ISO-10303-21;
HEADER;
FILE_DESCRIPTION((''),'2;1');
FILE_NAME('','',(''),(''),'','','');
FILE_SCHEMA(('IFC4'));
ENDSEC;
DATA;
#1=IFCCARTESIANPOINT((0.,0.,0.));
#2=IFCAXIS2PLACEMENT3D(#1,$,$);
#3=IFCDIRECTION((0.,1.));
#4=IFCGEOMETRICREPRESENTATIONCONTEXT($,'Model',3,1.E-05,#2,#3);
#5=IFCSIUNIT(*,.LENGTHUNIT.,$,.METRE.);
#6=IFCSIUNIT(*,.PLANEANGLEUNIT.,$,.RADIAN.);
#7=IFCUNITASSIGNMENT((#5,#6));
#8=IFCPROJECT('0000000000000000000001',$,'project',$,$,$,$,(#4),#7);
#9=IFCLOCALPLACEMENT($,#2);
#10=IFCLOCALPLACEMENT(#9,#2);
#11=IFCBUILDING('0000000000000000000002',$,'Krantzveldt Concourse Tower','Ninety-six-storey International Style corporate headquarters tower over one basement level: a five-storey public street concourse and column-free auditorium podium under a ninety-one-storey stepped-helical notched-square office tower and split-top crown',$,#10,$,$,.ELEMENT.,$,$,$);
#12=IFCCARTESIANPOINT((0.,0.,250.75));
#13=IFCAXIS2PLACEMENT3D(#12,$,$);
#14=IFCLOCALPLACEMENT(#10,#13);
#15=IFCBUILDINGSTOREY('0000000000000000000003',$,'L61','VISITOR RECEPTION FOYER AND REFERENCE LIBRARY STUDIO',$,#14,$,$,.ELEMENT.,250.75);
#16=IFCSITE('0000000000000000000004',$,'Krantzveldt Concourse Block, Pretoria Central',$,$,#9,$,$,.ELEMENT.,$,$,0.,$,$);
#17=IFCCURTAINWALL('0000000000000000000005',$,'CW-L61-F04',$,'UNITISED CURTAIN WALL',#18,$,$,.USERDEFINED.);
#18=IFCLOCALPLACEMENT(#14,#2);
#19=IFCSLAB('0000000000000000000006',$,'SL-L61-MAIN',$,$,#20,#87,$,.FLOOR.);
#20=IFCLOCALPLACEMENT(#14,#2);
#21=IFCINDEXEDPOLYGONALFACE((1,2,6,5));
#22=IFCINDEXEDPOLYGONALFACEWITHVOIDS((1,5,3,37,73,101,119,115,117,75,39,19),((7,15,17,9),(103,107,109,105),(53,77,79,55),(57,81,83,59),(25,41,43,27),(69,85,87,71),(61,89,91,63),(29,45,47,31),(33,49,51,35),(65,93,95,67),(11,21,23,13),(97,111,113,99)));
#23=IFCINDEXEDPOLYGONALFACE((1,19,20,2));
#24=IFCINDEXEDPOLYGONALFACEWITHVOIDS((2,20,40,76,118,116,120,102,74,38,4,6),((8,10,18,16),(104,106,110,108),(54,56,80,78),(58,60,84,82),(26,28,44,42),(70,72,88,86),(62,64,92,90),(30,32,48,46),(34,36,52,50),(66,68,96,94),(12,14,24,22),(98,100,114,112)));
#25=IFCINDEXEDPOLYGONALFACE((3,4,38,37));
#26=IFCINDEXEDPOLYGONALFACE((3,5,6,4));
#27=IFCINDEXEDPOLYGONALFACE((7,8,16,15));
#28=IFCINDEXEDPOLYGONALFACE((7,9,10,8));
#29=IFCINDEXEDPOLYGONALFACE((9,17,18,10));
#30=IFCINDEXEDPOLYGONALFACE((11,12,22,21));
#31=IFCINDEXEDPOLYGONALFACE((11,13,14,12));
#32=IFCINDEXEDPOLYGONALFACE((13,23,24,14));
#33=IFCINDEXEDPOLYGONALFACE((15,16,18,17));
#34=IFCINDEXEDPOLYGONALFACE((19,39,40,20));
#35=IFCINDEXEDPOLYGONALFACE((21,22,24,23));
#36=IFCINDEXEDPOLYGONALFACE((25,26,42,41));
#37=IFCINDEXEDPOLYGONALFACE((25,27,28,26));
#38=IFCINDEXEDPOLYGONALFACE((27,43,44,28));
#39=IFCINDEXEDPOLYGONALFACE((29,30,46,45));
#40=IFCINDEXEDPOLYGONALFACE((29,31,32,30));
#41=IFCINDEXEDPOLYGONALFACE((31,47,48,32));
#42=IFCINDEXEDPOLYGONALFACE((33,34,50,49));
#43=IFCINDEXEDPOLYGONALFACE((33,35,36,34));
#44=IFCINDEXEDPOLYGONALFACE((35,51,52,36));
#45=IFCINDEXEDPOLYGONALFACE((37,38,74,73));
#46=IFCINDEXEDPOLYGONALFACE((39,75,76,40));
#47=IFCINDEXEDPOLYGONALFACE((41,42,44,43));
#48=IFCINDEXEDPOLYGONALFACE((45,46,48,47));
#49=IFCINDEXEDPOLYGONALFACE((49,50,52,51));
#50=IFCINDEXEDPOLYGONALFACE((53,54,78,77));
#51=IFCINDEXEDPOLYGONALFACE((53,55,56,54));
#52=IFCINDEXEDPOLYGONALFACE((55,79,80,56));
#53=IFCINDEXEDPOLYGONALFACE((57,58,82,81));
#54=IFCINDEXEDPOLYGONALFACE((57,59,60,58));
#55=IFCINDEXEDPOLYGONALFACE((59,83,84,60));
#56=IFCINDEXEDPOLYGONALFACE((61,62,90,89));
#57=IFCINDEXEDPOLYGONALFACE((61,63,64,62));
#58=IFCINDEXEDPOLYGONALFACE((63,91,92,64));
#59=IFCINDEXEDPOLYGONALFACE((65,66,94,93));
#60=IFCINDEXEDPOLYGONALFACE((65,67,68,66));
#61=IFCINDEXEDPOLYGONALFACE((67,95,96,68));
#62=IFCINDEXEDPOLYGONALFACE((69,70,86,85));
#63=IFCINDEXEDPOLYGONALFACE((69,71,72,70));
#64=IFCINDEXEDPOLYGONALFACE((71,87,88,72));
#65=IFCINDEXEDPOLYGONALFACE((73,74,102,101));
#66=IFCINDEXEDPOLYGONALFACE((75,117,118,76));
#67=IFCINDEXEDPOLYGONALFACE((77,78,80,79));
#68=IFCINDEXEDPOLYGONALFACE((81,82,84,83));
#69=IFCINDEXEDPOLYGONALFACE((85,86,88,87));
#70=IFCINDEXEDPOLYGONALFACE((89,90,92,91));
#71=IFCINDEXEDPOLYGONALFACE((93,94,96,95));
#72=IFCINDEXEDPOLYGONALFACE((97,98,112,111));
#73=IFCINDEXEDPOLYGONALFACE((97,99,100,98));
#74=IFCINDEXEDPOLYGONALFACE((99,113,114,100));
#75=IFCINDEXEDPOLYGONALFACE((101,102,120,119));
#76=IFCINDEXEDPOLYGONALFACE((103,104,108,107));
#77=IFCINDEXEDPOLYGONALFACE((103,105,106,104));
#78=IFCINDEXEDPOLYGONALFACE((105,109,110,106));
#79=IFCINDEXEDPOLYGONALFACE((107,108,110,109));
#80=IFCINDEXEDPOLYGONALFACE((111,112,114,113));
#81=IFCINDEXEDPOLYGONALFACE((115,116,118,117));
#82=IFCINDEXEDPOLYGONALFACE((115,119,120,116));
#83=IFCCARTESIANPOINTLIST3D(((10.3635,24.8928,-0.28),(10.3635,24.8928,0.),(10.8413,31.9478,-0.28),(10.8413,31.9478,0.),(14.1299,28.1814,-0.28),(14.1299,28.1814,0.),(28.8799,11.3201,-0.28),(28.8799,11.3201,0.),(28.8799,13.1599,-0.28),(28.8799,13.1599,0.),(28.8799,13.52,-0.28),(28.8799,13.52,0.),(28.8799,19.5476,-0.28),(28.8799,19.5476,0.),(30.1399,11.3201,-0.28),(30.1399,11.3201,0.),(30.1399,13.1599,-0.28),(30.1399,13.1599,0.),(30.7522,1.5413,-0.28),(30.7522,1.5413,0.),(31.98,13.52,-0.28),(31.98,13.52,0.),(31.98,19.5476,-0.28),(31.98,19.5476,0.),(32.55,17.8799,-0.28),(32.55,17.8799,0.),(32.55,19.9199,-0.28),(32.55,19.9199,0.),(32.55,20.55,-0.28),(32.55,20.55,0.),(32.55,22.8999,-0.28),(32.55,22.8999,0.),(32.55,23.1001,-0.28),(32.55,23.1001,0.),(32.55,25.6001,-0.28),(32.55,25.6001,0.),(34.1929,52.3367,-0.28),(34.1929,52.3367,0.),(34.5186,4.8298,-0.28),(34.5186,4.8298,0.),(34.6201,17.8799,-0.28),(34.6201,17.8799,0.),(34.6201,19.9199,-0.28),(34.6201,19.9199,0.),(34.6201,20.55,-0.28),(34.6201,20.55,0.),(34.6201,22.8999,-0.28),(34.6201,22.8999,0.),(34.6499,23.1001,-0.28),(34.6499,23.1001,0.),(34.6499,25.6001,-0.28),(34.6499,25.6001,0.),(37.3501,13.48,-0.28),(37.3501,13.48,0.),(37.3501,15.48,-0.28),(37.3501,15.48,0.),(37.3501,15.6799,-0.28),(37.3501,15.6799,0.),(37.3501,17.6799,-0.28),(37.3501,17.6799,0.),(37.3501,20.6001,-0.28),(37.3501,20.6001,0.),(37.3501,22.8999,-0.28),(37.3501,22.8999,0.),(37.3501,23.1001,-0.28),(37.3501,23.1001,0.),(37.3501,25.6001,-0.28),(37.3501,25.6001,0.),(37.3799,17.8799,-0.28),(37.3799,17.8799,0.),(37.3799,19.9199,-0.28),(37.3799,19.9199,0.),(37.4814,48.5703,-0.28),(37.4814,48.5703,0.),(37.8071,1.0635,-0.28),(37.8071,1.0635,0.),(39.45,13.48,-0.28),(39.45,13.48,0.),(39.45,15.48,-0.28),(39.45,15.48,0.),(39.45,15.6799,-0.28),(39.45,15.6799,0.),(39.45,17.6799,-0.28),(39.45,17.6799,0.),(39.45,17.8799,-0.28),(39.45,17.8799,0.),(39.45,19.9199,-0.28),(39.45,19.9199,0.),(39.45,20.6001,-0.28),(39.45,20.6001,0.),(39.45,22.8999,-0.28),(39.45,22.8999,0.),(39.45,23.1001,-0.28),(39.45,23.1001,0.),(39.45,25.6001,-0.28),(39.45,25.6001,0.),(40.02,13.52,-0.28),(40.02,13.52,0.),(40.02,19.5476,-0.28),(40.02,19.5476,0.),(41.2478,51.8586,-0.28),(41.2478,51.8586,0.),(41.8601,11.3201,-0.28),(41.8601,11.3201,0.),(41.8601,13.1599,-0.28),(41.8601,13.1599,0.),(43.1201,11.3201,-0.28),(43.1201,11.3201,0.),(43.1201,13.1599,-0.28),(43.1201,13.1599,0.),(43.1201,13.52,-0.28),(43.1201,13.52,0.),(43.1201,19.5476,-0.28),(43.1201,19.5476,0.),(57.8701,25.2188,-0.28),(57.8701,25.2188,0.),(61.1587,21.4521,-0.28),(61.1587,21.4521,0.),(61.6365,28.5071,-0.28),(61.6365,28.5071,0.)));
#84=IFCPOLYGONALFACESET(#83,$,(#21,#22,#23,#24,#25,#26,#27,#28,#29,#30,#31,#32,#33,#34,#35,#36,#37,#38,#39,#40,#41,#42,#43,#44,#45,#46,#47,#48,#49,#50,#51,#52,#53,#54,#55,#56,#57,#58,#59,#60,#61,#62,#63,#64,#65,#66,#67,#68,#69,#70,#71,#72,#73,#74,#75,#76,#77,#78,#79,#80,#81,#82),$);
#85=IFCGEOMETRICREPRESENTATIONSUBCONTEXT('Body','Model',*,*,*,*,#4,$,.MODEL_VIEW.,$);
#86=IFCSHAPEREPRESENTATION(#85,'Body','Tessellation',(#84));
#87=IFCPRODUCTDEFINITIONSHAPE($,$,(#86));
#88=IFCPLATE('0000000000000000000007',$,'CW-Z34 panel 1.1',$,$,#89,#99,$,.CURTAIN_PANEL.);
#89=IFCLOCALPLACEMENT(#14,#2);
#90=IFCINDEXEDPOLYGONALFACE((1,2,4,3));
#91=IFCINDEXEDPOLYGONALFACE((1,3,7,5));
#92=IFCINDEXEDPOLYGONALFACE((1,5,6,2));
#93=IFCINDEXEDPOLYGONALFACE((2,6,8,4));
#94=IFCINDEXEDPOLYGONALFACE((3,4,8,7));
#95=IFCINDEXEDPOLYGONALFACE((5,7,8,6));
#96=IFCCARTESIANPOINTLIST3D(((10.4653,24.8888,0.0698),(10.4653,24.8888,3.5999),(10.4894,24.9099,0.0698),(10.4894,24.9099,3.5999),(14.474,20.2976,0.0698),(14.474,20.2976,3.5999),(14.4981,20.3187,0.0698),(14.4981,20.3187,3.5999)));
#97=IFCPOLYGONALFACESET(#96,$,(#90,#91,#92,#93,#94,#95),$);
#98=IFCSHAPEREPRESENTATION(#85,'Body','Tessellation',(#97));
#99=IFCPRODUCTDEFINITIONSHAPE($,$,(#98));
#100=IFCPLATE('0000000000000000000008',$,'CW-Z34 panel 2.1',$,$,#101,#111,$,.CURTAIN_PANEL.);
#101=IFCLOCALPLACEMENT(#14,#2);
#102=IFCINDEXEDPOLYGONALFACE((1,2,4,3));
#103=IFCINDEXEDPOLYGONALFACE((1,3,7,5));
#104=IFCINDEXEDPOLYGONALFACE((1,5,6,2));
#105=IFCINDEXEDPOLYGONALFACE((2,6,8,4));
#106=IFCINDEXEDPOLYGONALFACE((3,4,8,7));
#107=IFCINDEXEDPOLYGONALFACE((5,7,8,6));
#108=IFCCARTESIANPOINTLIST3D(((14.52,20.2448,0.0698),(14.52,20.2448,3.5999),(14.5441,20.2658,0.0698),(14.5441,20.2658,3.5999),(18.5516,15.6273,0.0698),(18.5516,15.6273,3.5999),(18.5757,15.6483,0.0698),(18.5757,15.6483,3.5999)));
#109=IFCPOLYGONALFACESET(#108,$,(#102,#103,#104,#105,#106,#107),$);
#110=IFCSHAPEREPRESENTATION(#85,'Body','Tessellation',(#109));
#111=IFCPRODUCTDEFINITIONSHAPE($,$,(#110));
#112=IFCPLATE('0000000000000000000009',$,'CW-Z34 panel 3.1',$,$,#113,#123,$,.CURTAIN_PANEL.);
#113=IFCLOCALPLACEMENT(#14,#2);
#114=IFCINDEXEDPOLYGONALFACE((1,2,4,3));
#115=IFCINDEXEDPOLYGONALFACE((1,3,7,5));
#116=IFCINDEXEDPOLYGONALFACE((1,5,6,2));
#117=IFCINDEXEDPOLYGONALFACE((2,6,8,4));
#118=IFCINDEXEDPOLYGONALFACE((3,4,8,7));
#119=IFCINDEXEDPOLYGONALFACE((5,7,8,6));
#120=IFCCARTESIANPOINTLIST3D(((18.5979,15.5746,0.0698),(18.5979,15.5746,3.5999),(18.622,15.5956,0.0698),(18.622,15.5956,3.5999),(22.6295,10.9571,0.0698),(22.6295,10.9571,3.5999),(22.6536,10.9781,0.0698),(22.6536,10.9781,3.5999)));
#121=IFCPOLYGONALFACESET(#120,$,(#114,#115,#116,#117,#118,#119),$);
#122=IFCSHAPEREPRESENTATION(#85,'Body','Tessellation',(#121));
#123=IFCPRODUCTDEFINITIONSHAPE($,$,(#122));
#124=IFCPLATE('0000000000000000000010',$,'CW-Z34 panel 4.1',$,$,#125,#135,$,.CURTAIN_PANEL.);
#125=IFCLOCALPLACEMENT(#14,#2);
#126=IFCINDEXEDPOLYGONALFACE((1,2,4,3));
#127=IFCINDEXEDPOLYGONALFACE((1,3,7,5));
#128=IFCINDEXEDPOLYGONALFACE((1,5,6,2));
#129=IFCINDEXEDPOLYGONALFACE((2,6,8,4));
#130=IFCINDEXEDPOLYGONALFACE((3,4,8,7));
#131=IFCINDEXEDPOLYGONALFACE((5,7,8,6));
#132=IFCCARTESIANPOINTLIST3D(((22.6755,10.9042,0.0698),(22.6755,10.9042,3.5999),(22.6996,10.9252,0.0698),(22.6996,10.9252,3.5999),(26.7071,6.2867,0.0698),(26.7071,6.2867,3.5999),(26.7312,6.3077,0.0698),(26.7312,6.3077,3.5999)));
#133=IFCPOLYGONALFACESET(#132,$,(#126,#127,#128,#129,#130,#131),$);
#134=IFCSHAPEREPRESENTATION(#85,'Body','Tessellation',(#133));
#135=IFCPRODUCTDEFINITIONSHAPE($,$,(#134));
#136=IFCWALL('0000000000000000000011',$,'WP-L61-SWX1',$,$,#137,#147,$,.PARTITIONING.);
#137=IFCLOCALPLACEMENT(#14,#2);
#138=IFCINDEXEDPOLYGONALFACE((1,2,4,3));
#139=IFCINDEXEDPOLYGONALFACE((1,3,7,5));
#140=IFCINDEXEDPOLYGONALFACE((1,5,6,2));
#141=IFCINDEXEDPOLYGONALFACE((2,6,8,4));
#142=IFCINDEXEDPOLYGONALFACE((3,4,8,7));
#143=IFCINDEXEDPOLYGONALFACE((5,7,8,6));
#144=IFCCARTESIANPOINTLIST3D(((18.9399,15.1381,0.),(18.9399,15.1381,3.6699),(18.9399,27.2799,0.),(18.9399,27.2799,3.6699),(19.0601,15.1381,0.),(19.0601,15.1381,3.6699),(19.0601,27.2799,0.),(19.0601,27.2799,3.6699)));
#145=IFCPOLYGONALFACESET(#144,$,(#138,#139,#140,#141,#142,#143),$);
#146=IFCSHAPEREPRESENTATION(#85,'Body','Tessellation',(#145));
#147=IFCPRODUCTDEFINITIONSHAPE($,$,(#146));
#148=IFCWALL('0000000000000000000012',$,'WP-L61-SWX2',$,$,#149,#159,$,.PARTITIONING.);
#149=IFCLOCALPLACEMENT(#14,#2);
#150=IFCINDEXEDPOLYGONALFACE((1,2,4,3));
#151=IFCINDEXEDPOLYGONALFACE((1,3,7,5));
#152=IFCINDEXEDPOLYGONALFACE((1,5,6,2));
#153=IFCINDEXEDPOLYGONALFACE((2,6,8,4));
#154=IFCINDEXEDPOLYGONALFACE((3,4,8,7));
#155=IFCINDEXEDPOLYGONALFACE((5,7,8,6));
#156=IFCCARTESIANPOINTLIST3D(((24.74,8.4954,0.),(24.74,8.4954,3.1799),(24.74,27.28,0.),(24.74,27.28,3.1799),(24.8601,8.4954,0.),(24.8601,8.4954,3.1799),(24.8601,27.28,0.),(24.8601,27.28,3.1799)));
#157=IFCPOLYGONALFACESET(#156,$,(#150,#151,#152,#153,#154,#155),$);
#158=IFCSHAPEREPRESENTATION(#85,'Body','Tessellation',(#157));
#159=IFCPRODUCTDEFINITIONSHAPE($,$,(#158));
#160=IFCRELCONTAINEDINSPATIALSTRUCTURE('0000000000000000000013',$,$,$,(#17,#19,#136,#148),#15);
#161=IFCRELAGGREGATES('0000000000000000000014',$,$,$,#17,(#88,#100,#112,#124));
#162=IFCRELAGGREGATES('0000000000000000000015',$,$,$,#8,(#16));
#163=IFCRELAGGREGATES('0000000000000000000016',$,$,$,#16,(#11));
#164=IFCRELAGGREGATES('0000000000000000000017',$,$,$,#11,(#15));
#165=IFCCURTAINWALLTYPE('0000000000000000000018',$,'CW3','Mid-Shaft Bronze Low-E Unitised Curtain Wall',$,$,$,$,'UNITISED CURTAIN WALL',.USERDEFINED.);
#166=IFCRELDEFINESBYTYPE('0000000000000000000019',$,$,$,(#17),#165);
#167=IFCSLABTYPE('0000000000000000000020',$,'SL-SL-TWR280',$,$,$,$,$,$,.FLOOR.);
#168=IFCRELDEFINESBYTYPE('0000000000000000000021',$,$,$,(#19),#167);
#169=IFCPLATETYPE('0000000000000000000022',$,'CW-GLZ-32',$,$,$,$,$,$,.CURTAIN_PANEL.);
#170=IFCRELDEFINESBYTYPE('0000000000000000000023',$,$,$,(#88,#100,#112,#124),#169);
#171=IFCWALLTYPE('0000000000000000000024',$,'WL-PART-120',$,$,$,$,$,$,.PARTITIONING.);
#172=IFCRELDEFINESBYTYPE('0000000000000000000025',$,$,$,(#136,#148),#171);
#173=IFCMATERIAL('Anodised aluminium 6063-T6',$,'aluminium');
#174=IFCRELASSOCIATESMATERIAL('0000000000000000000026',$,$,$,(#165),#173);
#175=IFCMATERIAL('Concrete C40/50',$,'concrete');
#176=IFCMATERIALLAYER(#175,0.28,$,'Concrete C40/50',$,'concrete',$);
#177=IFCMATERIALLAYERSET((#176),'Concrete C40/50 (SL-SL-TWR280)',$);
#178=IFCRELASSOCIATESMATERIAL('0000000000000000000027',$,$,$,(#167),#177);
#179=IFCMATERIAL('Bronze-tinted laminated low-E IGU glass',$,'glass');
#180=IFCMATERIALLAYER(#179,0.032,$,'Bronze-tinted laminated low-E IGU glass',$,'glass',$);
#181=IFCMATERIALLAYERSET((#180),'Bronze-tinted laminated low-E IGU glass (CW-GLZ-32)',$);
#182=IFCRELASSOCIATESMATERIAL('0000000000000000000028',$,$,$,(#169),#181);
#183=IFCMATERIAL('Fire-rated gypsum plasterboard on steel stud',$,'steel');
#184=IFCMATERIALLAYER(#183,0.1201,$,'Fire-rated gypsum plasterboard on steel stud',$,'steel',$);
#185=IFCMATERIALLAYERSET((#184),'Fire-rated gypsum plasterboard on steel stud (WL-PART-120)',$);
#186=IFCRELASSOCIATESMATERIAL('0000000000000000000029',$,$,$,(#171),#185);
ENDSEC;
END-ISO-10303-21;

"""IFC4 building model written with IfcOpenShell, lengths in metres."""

from ifc_helpers import new_model, si_unit, direction, frame, frame_2d, origin, origin_2d, place, context, subcontext, project, spatial, polyline, rectangle, outline, extrude, source, transform, mapped, material, layer, layer_set, type_object, type_shapes, element, aggregate, save


model = new_model("IFC4")

# Units and contexts
model_context = context("Model", 3, precision=1e-05, world=origin(), true_north=direction((0.0, 1.0)))
body_context = subcontext(model_context, "Body", "Model", "MODEL_VIEW")
ifc_project = project(units=[si_unit("LENGTHUNIT", "METRE"), si_unit("PLANEANGLEUNIT", "RADIAN")], contexts=[model_context])

# Site, building, storey
site_placement = place(None, origin())
site = spatial("IfcSite", under=ifc_project, at=site_placement, Name="Krantzveldt Concourse Block, Pretoria Central", CompositionType="ELEMENT", RefElevation=0.0)
building_placement = place(site_placement, origin())
building = spatial("IfcBuilding", under=site, at=building_placement, Name="Krantzveldt Concourse Tower", Description="Ninety-six-storey International Style corporate headquarters tower over one basement level: a five-storey public street concourse and column-free auditorium podium under a ninety-one-storey stepped-helical notched-square office tower and split-top crown", CompositionType="ELEMENT")
storey_placement = place(building_placement, frame((0.0, 0.0, 250.75)))
storey = spatial("IfcBuildingStorey", under=building, at=storey_placement, Name="L61", Description="VISITOR RECEPTION FOYER AND REFERENCE LIBRARY STUDIO", CompositionType="ELEMENT", Elevation=250.75)

# Curtain wall
ifc_material_1 = material(Name="Anodised aluminium 6063-T6", Category="aluminium")
curtain_wall_type = type_object("IfcCurtainWallType", Name="CW3", Description="Mid-Shaft Bronze Low-E Unitised Curtain Wall", ElementType="UNITISED CURTAIN WALL", PredefinedType="USERDEFINED", material=ifc_material_1)
curtain_wall_placement = place(storey_placement, origin())
curtain_wall = element("IfcCurtainWall", 1, at=curtain_wall_placement, inside=storey, type_object=curtain_wall_type, Name="CW-L61-F04", ObjectType="UNITISED CURTAIN WALL", PredefinedType="USERDEFINED")

# Slab
ifc_material_2 = material(Name="Concrete C40/50", Category="concrete")
ifc_layer_1 = layer(ifc_material_2, 0.28, Name="Concrete C40/50", Category="concrete")
ifc_layer_set_1 = layer_set([ifc_layer_1], Name="Concrete C40/50 (SL-SL-TWR280)")
slab_type_1 = type_object("IfcSlabType", Name="SL-SL-TWR280", PredefinedType="FLOOR", material=ifc_layer_set_1)
slab_1_placement = place(storey_placement, frame((0.0, 0.0, -0.28)))
element("IfcSlab", 2, at=slab_1_placement, inside=storey, type_object=slab_type_1, Name="SL-L61-MAIN", PredefinedType="FLOOR", context=body_context, shape_type="SweptSolid", body=[
    extrude(outline(polyline([(37.4814, 48.5703), (34.1929, 52.3367), (10.8413, 31.9478), (14.1299, 28.1814), (10.3635, 24.8928), (30.7522, 1.5413), (34.5186, 4.8298), (37.8071, 1.0635), (61.1587, 21.4521), (57.8701, 25.2188), (61.6365, 28.5071), (41.2478, 51.8586), (37.4814, 48.5703)]), holes=[polyline([(28.8799, 19.5476), (28.8799, 13.52), (31.98, 13.52), (31.98, 19.5476), (28.8799, 19.5476)]), polyline([(40.02, 19.5476), (40.02, 13.52), (43.1201, 13.52), (43.1201, 19.5476), (40.02, 19.5476)]), polyline([(32.55, 23.1001), (34.6499, 23.1001), (34.6499, 25.6001), (32.55, 25.6001), (32.55, 23.1001)]), polyline([(37.3501, 23.1001), (39.45, 23.1001), (39.45, 25.6001), (37.3501, 25.6001), (37.3501, 23.1001)]), polyline([(37.3501, 20.6001), (39.45, 20.6001), (39.45, 22.8999), (37.3501, 22.8999), (37.3501, 20.6001)]), polyline([(37.3501, 13.48), (39.45, 13.48), (39.45, 15.48), (37.3501, 15.48), (37.3501, 13.48)]), polyline([(37.3501, 15.6799), (39.45, 15.6799), (39.45, 17.6799), (37.3501, 17.6799), (37.3501, 15.6799)]), polyline([(32.55, 20.55), (34.6201, 20.55), (34.6201, 22.8999), (32.55, 22.8999), (32.55, 20.55)]), polyline([(32.55, 17.8799), (34.6201, 17.8799), (34.6201, 19.9199), (32.55, 19.9199), (32.55, 17.8799)]), polyline([(37.3799, 17.8799), (39.45, 17.8799), (39.45, 19.9199), (37.3799, 19.9199), (37.3799, 17.8799)]), polyline([(28.8799, 11.3201), (30.1399, 11.3201), (30.1399, 13.1599), (28.8799, 13.1599), (28.8799, 11.3201)]), polyline([(41.8601, 11.3201), (43.1201, 11.3201), (43.1201, 13.1599), (41.8601, 13.1599), (41.8601, 11.3201)])]), origin(), (0.0, 0.0, 1.0), 0.28),
])

# Plates
ifc_material_3 = material(Name="Bronze-tinted laminated low-E IGU glass", Category="glass")
ifc_layer_2 = layer(ifc_material_3, 0.032, Name="Bronze-tinted laminated low-E IGU glass", Category="glass")
ifc_layer_set_2 = layer_set([ifc_layer_2], Name="Bronze-tinted laminated low-E IGU glass (CW-GLZ-32)")
plate_type = type_object("IfcPlateType", Name="CW-GLZ-32", PredefinedType="CURTAIN_PANEL", material=ifc_layer_set_2)
shared_shape_1 = source(origin(), body_context, "Body", "SweptSolid", [
    extrude(rectangle(XDim=6.095, YDim=0.032, at=origin_2d()), origin(), (0.0, 0.0, 1.0), 3.53),
])
plate_1_placement = place(storey_placement, frame((12.4817, 22.6038, 0.0698), z_axis=(0.0, 0.0, 1.0), x_axis=(0.657704, -0.753277, 0.0)))
plate_1 = element("IfcPlate", 3, at=plate_1_placement, type_object=plate_type, Name="CW-Z34 panel 1.1", PredefinedType="CURTAIN_PANEL", context=body_context, shape_type="MappedRepresentation", body=[
    mapped(shared_shape_1, transform((0.0, 0.0, 0.0), x_axis=(1.0, 0.0, 0.0), y_axis=(0.0, 1.0, 0.0), z_axis=(0.0, 0.0, 1.0), scale=1.0)),
])
shared_shape_2 = source(origin(), body_context, "Body", "SweptSolid", [
    extrude(rectangle(XDim=6.1299, YDim=0.032, at=origin_2d()), origin(), (0.0, 0.0, 1.0), 3.53),
])
type_shapes(plate_type, [shared_shape_1, shared_shape_2])
plate_2_placement = place(storey_placement, frame((16.5479, 17.9465, 0.0698), z_axis=(0.0, 0.0, 1.0), x_axis=(0.657704, -0.753277, 0.0)))
plate_2 = element("IfcPlate", 4, at=plate_2_placement, type_object=plate_type, Name="CW-Z34 panel 2.1", PredefinedType="CURTAIN_PANEL", context=body_context, shape_type="MappedRepresentation", body=[
    mapped(shared_shape_2, transform((0.0, 0.0, 0.0), x_axis=(1.0, 0.0, 0.0), y_axis=(0.0, 1.0, 0.0), z_axis=(0.0, 0.0, 1.0), scale=1.0)),
])
plate_3_placement = place(storey_placement, frame((20.6257, 13.2764, 0.0698), z_axis=(0.0, 0.0, 1.0), x_axis=(0.657704, -0.753277, 0.0)))
plate_3 = element("IfcPlate", 5, at=plate_3_placement, type_object=plate_type, Name="CW-Z34 panel 3.1", PredefinedType="CURTAIN_PANEL", context=body_context, shape_type="MappedRepresentation", body=[
    mapped(shared_shape_2, transform((0.0, 0.0, 0.0), x_axis=(1.0, 0.0, 0.0), y_axis=(0.0, 1.0, 0.0), z_axis=(0.0, 0.0, 1.0), scale=1.0)),
])
plate_4_placement = place(storey_placement, frame((24.7034, 8.606, 0.0698), z_axis=(0.0, 0.0, 1.0), x_axis=(0.657704, -0.753277, 0.0)))
plate_4 = element("IfcPlate", 6, at=plate_4_placement, type_object=plate_type, Name="CW-Z34 panel 4.1", PredefinedType="CURTAIN_PANEL", context=body_context, shape_type="MappedRepresentation", body=[
    mapped(shared_shape_2, transform((0.0, 0.0, 0.0), x_axis=(1.0, 0.0, 0.0), y_axis=(0.0, 1.0, 0.0), z_axis=(0.0, 0.0, 1.0), scale=1.0)),
])
aggregate(curtain_wall, [plate_1, plate_2, plate_3, plate_4])

# Walls
ifc_material_4 = material(Name="Fire-rated gypsum plasterboard on steel stud", Category="steel")
ifc_layer_3 = layer(ifc_material_4, 0.1201, Name="Fire-rated gypsum plasterboard on steel stud", Category="steel")
ifc_layer_set_3 = layer_set([ifc_layer_3], Name="Fire-rated gypsum plasterboard on steel stud (WL-PART-120)")
wall_type = type_object("IfcWallType", Name="WL-PART-120", PredefinedType="PARTITIONING", material=ifc_layer_set_3)
wall_1_placement = place(storey_placement, frame((19.0, 15.1382, 0.0), z_axis=(0.0, 0.0, 1.0), x_axis=(0.0, 1.0, 0.0)))
element("IfcWall", 7, at=wall_1_placement, inside=storey, type_object=wall_type, Name="WP-L61-SWX1", PredefinedType="PARTITIONING", context=body_context, shape_type="SweptSolid", body=[
    extrude(rectangle(XDim=12.1418, YDim=0.1201, at=frame_2d((6.0708, 0.0))), origin(), (0.0, 0.0, 1.0), 3.6699),
])
wall_2_placement = place(storey_placement, frame((24.8, 8.4954, 0.0), z_axis=(0.0, 0.0, 1.0), x_axis=(0.0, 1.0, 0.0)))
element("IfcWall", 8, at=wall_2_placement, inside=storey, type_object=wall_type, Name="WP-L61-SWX2", PredefinedType="PARTITIONING", context=body_context, shape_type="SweptSolid", body=[
    extrude(rectangle(XDim=18.7847, YDim=0.1201, at=frame_2d((9.3923, 0.0))), origin(), (0.0, 0.0, 1.0), 3.1799),
])

save(model, "model.ifc")
